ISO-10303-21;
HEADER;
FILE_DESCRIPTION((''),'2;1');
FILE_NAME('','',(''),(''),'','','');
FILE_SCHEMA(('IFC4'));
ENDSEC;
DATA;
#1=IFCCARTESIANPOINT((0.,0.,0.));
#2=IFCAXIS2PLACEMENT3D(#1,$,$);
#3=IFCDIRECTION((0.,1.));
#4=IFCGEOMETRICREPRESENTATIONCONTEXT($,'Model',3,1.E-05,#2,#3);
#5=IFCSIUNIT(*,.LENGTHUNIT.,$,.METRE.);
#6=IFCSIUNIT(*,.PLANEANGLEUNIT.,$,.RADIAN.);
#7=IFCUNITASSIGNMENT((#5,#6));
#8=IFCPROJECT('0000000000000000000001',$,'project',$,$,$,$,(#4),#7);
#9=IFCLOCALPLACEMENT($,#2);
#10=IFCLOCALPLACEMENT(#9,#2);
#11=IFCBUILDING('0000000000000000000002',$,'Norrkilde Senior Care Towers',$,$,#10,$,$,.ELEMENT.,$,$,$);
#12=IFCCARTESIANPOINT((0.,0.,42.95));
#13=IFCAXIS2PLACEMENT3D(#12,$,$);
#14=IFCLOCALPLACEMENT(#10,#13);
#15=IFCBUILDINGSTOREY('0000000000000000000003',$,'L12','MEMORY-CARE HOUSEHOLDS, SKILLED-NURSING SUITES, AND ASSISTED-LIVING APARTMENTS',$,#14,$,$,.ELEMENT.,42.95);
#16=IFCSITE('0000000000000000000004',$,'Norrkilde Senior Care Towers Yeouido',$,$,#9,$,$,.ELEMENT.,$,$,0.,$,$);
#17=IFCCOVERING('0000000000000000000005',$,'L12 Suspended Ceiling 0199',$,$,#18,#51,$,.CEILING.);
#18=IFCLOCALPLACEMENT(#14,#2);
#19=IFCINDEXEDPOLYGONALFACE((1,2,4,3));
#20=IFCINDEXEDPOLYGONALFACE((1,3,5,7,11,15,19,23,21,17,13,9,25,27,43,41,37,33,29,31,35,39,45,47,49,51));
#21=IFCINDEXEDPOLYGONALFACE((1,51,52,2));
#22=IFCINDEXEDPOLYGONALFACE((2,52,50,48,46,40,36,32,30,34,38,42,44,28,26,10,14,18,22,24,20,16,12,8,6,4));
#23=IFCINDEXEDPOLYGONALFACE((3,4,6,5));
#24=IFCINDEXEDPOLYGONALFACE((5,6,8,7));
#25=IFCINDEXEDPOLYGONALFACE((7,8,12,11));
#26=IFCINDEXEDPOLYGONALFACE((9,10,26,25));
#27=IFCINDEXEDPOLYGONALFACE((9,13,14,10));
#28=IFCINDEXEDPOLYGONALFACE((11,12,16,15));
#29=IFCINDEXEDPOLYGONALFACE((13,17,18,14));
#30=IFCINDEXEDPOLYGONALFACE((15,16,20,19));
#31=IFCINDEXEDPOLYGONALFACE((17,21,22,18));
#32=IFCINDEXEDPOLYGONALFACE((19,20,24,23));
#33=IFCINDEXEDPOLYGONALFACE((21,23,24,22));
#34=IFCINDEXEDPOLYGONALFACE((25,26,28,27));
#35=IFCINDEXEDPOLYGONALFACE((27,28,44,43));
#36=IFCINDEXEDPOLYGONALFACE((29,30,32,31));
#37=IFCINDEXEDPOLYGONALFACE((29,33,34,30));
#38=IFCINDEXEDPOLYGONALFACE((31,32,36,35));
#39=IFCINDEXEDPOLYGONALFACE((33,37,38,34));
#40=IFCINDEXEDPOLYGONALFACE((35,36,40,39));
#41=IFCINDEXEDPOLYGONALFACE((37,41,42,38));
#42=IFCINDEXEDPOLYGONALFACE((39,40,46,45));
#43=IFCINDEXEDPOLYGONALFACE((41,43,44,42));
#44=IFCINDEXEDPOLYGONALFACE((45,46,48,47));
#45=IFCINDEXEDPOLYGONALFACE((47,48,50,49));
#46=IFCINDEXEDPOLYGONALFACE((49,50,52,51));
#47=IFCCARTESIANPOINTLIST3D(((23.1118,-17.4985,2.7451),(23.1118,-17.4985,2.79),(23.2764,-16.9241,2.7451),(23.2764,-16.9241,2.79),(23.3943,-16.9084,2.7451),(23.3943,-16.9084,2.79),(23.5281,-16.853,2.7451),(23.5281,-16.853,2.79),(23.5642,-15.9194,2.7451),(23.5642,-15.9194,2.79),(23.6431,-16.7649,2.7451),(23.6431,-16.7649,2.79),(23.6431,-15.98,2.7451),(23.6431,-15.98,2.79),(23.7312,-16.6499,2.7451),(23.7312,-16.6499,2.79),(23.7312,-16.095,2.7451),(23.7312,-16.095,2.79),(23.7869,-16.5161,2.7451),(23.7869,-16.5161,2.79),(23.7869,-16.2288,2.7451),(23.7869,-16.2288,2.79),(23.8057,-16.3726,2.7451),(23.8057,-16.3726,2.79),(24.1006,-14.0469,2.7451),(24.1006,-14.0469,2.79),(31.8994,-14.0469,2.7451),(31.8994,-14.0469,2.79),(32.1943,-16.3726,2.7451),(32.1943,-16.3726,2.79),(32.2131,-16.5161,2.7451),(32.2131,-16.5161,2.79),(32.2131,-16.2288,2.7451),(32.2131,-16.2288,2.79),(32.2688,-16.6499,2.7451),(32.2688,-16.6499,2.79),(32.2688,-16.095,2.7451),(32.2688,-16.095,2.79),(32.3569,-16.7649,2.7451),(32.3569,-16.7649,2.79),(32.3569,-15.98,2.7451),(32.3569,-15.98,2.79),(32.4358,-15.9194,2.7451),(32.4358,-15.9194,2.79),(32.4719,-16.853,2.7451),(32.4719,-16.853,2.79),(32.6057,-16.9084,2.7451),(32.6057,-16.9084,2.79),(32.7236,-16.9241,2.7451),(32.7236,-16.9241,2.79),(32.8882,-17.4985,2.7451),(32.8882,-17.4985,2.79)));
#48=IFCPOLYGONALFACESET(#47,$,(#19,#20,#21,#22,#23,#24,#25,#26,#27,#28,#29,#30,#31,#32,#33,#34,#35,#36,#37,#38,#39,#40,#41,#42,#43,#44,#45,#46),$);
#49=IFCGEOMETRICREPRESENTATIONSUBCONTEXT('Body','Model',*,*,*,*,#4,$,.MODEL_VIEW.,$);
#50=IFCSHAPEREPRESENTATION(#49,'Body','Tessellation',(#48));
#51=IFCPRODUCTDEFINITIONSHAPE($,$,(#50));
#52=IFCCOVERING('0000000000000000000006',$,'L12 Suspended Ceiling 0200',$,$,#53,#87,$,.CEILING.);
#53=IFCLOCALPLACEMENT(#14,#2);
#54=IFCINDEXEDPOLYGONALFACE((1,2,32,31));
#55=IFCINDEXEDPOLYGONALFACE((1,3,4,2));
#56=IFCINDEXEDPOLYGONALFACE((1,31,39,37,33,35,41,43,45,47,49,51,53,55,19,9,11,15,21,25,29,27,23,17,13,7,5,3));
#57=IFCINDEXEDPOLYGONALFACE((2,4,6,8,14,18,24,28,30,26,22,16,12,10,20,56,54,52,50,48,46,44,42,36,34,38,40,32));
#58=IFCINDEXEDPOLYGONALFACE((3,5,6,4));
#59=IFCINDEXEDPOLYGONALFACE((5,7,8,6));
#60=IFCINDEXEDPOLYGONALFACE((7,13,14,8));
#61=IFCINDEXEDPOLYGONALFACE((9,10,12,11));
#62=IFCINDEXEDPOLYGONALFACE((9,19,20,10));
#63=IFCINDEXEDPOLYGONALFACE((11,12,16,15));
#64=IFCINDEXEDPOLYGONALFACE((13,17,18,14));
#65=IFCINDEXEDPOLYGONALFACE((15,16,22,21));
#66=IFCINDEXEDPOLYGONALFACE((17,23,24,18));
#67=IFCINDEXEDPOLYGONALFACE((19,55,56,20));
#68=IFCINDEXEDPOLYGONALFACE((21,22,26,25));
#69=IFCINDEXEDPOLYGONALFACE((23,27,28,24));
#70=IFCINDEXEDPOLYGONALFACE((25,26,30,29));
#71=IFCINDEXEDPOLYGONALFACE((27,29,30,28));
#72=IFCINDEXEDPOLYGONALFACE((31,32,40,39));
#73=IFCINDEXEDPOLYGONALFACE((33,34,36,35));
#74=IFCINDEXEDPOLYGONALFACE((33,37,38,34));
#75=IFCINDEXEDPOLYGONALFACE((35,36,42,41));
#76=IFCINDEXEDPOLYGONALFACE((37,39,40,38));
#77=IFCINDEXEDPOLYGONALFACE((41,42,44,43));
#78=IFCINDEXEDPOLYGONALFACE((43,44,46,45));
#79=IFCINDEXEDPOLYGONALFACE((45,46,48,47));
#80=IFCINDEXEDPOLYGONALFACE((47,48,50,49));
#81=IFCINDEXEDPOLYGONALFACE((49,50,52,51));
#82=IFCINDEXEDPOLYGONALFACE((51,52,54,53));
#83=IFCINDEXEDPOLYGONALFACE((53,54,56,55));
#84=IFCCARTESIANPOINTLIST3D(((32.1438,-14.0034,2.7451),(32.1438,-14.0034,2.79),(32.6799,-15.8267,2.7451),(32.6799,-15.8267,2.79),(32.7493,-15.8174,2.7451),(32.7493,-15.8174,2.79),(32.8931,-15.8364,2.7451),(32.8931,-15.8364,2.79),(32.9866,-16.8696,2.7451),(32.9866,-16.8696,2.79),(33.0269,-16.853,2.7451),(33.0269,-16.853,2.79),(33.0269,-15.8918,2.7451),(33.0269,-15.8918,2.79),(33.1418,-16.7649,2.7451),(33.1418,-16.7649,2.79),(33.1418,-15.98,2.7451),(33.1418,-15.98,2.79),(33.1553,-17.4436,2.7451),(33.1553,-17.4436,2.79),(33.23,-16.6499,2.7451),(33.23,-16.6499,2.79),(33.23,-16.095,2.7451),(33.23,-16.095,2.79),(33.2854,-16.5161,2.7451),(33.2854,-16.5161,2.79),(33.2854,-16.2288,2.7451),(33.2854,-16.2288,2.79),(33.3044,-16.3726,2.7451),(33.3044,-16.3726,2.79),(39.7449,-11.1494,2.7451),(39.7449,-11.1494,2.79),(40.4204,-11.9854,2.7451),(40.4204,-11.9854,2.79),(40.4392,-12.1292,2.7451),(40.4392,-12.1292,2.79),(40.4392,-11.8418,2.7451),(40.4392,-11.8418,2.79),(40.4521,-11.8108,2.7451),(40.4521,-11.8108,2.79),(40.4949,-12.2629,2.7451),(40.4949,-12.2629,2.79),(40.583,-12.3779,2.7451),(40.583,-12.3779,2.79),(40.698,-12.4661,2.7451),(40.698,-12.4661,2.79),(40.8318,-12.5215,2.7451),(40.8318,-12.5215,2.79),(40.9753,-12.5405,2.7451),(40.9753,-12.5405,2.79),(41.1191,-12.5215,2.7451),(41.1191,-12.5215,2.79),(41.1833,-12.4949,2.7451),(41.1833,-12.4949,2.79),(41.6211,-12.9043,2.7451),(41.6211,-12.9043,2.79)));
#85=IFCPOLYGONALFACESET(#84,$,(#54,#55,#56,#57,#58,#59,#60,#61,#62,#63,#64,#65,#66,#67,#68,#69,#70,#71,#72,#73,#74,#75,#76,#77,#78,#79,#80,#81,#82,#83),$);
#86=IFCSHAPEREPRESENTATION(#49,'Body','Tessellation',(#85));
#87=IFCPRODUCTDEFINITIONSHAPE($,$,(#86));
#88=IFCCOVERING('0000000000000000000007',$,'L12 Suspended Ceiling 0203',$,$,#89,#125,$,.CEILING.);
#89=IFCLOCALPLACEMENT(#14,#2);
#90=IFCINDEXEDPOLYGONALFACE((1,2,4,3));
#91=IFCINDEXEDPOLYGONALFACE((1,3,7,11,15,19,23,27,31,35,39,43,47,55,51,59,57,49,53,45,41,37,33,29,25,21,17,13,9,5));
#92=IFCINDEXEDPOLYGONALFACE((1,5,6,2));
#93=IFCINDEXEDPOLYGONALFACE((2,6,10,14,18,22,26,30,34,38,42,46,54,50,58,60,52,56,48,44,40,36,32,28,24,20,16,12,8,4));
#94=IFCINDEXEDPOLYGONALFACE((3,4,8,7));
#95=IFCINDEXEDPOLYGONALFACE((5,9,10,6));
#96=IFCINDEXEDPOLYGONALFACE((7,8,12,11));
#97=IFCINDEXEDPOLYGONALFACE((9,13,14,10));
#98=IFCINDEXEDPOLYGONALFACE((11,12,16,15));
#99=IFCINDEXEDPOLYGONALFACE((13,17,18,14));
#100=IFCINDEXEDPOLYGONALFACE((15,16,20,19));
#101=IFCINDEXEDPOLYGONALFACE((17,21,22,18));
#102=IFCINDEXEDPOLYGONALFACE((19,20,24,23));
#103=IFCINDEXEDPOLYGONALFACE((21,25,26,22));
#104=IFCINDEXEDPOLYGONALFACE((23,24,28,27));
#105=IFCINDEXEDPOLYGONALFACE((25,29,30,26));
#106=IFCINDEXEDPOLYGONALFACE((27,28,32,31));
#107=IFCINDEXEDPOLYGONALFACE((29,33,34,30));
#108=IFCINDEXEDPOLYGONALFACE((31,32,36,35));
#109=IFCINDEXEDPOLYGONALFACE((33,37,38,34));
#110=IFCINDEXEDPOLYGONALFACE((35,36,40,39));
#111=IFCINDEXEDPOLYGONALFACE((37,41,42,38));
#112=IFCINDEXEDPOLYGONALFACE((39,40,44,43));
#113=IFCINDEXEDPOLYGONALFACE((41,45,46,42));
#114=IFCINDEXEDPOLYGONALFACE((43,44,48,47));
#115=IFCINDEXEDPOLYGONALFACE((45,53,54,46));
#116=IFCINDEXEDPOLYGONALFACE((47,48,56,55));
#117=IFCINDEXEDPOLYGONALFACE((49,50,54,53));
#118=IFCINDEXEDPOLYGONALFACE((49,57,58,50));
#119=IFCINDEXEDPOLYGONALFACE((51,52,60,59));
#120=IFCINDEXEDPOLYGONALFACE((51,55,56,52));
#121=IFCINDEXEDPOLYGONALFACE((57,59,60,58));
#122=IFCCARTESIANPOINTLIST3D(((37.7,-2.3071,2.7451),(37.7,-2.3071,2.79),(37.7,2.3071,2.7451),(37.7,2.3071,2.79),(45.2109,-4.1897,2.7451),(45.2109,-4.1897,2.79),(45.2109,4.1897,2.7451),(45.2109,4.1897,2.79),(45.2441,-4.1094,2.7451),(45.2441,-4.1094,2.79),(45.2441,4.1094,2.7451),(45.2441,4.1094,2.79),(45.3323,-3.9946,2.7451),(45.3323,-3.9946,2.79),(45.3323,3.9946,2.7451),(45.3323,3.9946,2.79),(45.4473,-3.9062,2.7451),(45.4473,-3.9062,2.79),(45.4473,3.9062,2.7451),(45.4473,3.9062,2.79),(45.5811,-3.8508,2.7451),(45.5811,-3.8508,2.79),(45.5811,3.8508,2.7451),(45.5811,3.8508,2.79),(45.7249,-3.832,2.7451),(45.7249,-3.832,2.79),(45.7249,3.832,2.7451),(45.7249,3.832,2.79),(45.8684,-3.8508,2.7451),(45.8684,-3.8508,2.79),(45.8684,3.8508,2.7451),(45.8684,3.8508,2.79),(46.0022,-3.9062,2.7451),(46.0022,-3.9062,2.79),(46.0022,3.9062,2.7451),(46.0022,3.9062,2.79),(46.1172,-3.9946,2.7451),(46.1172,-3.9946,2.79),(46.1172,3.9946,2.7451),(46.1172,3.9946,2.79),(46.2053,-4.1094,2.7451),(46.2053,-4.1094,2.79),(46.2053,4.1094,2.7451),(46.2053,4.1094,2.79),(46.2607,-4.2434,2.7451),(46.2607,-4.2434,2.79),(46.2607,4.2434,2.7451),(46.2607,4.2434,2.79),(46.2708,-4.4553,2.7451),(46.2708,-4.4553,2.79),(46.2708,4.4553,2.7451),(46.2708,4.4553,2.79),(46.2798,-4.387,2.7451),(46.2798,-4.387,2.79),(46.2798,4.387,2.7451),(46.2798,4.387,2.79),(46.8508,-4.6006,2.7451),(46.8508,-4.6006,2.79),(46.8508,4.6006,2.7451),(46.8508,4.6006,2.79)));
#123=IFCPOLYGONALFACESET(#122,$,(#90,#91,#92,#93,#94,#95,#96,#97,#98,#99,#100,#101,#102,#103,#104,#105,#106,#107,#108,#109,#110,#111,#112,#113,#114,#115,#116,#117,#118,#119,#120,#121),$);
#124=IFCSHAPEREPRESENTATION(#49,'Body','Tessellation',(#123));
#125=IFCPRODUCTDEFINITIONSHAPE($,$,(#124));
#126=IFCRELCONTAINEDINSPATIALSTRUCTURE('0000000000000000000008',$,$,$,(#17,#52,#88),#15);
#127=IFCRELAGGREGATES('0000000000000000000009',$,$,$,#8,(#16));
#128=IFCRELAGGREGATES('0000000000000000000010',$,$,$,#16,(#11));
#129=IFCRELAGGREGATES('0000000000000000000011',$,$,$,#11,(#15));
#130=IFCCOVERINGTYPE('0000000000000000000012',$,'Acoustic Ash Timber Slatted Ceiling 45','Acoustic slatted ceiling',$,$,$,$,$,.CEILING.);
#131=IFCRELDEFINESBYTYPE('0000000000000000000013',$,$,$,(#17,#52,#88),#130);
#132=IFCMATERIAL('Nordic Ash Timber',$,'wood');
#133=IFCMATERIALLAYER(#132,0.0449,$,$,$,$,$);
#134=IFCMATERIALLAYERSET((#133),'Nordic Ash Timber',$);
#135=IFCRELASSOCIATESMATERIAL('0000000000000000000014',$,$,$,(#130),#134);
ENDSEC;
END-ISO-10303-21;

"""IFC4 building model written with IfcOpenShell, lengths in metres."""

from ifc_helpers import new_model, si_unit, direction, frame, origin, place, context, subcontext, project, spatial, polyline, outline, extrude, material, layer, layer_set, type_object, element, save


model = new_model("IFC4")

# Units and contexts
model_context = context("Model", 3, precision=1e-05, world=origin(), true_north=direction((0.0, 1.0)))
body_context = subcontext(model_context, "Body", "Model", "MODEL_VIEW")
ifc_project = project(units=[si_unit("LENGTHUNIT", "METRE"), si_unit("PLANEANGLEUNIT", "RADIAN")], contexts=[model_context])

# Site, building, storey
site_placement = place(None, origin())
site = spatial("IfcSite", under=ifc_project, at=site_placement, Name="Norrkilde Senior Care Towers Yeouido", CompositionType="ELEMENT", RefElevation=0.0)
building_placement = place(site_placement, origin())
building = spatial("IfcBuilding", under=site, at=building_placement, Name="Norrkilde Senior Care Towers", CompositionType="ELEMENT")
storey_placement = place(building_placement, frame((0.0, 0.0, 42.95)))
storey = spatial("IfcBuildingStorey", under=building, at=storey_placement, Name="L12", Description="MEMORY-CARE HOUSEHOLDS, SKILLED-NURSING SUITES, AND ASSISTED-LIVING APARTMENTS", CompositionType="ELEMENT", Elevation=42.95)

# Coverings
ifc_material_1 = material(Name="Nordic Ash Timber", Category="wood")
ifc_layer_1 = layer(ifc_material_1, 0.0449)
ifc_layer_set_1 = layer_set([ifc_layer_1], Name="Nordic Ash Timber")
covering_type_1 = type_object("IfcCoveringType", Name="Acoustic Ash Timber Slatted Ceiling 45", Description="Acoustic slatted ceiling", PredefinedType="CEILING", material=ifc_layer_set_1)
covering_1_placement = place(storey_placement, frame((0.0, 0.0, 2.7451)))
element("IfcCovering", 1, at=covering_1_placement, inside=storey, type_object=covering_type_1, Name="L12 Suspended Ceiling 0199", PredefinedType="CEILING", context=body_context, shape_type="SweptSolid", body=[
    extrude(outline(polyline([(23.2764, -16.9241), (23.3943, -16.9084), (23.5281, -16.853), (23.6431, -16.7649), (23.7312, -16.6499), (23.7869, -16.5161), (23.8057, -16.3726), (23.7869, -16.2288), (23.7312, -16.095), (23.6431, -15.98), (23.5642, -15.9194), (24.1006, -14.0469), (31.8994, -14.0469), (32.4358, -15.9194), (32.3569, -15.98), (32.2688, -16.095), (32.2131, -16.2288), (32.1943, -16.3726), (32.2131, -16.5161), (32.2688, -16.6499), (32.3569, -16.7649), (32.4719, -16.853), (32.6057, -16.9084), (32.7236, -16.9241), (32.8882, -17.4985), (23.1118, -17.4985), (23.2764, -16.9241)])), origin(), (0.0, 0.0, 1.0), 0.0449),
])
covering_2_placement = place(storey_placement, frame((0.0, 0.0, 2.7451)))
element("IfcCovering", 2, at=covering_2_placement, inside=storey, type_object=covering_type_1, Name="L12 Suspended Ceiling 0200", PredefinedType="CEILING", context=body_context, shape_type="SweptSolid", body=[
    extrude(outline(polyline([(33.1553, -17.4436), (32.9866, -16.8696), (33.0269, -16.853), (33.1418, -16.7649), (33.23, -16.6499), (33.2854, -16.5161), (33.3044, -16.3726), (33.2854, -16.2288), (33.23, -16.095), (33.1418, -15.98), (33.0269, -15.8918), (32.8931, -15.8364), (32.7493, -15.8174), (32.6799, -15.8267), (32.1438, -14.0034), (39.7449, -11.1494), (40.4521, -11.8108), (40.4392, -11.8418), (40.4204, -11.9854), (40.4392, -12.1292), (40.4949, -12.2629), (40.583, -12.3779), (40.698, -12.4661), (40.8318, -12.5215), (40.9753, -12.5405), (41.1191, -12.5215), (41.1833, -12.4949), (41.6211, -12.9043), (33.1553, -17.4436)])), origin(), (0.0, 0.0, 1.0), 0.0449),
])
covering_3_placement = place(storey_placement, frame((0.0, 0.0, 2.7451)))
element("IfcCovering", 3, at=covering_3_placement, inside=storey, type_object=covering_type_1, Name="L12 Suspended Ceiling 0203", PredefinedType="CEILING", context=body_context, shape_type="SweptSolid", body=[
    extrude(outline(polyline([(45.2441, 4.1094), (45.3323, 3.9946), (45.4473, 3.9062), (45.5811, 3.8508), (45.7249, 3.832), (45.8684, 3.8508), (46.0022, 3.9062), (46.1172, 3.9946), (46.2053, 4.1094), (46.2607, 4.2434), (46.2798, 4.387), (46.2708, 4.4553), (46.8508, 4.6006), (46.8508, -4.6006), (46.2708, -4.4553), (46.2798, -4.387), (46.2607, -4.2434), (46.2053, -4.1094), (46.1172, -3.9946), (46.0022, -3.9062), (45.8684, -3.8508), (45.7249, -3.832), (45.5811, -3.8508), (45.4473, -3.9062), (45.3323, -3.9946), (45.2441, -4.1094), (45.2109, -4.1897), (37.7, -2.3071), (37.7, 2.3071), (45.2109, 4.1897), (45.2441, 4.1094)])), origin(), (0.0, 0.0, 1.0), 0.0449),
])

save(model, "model.ifc")
